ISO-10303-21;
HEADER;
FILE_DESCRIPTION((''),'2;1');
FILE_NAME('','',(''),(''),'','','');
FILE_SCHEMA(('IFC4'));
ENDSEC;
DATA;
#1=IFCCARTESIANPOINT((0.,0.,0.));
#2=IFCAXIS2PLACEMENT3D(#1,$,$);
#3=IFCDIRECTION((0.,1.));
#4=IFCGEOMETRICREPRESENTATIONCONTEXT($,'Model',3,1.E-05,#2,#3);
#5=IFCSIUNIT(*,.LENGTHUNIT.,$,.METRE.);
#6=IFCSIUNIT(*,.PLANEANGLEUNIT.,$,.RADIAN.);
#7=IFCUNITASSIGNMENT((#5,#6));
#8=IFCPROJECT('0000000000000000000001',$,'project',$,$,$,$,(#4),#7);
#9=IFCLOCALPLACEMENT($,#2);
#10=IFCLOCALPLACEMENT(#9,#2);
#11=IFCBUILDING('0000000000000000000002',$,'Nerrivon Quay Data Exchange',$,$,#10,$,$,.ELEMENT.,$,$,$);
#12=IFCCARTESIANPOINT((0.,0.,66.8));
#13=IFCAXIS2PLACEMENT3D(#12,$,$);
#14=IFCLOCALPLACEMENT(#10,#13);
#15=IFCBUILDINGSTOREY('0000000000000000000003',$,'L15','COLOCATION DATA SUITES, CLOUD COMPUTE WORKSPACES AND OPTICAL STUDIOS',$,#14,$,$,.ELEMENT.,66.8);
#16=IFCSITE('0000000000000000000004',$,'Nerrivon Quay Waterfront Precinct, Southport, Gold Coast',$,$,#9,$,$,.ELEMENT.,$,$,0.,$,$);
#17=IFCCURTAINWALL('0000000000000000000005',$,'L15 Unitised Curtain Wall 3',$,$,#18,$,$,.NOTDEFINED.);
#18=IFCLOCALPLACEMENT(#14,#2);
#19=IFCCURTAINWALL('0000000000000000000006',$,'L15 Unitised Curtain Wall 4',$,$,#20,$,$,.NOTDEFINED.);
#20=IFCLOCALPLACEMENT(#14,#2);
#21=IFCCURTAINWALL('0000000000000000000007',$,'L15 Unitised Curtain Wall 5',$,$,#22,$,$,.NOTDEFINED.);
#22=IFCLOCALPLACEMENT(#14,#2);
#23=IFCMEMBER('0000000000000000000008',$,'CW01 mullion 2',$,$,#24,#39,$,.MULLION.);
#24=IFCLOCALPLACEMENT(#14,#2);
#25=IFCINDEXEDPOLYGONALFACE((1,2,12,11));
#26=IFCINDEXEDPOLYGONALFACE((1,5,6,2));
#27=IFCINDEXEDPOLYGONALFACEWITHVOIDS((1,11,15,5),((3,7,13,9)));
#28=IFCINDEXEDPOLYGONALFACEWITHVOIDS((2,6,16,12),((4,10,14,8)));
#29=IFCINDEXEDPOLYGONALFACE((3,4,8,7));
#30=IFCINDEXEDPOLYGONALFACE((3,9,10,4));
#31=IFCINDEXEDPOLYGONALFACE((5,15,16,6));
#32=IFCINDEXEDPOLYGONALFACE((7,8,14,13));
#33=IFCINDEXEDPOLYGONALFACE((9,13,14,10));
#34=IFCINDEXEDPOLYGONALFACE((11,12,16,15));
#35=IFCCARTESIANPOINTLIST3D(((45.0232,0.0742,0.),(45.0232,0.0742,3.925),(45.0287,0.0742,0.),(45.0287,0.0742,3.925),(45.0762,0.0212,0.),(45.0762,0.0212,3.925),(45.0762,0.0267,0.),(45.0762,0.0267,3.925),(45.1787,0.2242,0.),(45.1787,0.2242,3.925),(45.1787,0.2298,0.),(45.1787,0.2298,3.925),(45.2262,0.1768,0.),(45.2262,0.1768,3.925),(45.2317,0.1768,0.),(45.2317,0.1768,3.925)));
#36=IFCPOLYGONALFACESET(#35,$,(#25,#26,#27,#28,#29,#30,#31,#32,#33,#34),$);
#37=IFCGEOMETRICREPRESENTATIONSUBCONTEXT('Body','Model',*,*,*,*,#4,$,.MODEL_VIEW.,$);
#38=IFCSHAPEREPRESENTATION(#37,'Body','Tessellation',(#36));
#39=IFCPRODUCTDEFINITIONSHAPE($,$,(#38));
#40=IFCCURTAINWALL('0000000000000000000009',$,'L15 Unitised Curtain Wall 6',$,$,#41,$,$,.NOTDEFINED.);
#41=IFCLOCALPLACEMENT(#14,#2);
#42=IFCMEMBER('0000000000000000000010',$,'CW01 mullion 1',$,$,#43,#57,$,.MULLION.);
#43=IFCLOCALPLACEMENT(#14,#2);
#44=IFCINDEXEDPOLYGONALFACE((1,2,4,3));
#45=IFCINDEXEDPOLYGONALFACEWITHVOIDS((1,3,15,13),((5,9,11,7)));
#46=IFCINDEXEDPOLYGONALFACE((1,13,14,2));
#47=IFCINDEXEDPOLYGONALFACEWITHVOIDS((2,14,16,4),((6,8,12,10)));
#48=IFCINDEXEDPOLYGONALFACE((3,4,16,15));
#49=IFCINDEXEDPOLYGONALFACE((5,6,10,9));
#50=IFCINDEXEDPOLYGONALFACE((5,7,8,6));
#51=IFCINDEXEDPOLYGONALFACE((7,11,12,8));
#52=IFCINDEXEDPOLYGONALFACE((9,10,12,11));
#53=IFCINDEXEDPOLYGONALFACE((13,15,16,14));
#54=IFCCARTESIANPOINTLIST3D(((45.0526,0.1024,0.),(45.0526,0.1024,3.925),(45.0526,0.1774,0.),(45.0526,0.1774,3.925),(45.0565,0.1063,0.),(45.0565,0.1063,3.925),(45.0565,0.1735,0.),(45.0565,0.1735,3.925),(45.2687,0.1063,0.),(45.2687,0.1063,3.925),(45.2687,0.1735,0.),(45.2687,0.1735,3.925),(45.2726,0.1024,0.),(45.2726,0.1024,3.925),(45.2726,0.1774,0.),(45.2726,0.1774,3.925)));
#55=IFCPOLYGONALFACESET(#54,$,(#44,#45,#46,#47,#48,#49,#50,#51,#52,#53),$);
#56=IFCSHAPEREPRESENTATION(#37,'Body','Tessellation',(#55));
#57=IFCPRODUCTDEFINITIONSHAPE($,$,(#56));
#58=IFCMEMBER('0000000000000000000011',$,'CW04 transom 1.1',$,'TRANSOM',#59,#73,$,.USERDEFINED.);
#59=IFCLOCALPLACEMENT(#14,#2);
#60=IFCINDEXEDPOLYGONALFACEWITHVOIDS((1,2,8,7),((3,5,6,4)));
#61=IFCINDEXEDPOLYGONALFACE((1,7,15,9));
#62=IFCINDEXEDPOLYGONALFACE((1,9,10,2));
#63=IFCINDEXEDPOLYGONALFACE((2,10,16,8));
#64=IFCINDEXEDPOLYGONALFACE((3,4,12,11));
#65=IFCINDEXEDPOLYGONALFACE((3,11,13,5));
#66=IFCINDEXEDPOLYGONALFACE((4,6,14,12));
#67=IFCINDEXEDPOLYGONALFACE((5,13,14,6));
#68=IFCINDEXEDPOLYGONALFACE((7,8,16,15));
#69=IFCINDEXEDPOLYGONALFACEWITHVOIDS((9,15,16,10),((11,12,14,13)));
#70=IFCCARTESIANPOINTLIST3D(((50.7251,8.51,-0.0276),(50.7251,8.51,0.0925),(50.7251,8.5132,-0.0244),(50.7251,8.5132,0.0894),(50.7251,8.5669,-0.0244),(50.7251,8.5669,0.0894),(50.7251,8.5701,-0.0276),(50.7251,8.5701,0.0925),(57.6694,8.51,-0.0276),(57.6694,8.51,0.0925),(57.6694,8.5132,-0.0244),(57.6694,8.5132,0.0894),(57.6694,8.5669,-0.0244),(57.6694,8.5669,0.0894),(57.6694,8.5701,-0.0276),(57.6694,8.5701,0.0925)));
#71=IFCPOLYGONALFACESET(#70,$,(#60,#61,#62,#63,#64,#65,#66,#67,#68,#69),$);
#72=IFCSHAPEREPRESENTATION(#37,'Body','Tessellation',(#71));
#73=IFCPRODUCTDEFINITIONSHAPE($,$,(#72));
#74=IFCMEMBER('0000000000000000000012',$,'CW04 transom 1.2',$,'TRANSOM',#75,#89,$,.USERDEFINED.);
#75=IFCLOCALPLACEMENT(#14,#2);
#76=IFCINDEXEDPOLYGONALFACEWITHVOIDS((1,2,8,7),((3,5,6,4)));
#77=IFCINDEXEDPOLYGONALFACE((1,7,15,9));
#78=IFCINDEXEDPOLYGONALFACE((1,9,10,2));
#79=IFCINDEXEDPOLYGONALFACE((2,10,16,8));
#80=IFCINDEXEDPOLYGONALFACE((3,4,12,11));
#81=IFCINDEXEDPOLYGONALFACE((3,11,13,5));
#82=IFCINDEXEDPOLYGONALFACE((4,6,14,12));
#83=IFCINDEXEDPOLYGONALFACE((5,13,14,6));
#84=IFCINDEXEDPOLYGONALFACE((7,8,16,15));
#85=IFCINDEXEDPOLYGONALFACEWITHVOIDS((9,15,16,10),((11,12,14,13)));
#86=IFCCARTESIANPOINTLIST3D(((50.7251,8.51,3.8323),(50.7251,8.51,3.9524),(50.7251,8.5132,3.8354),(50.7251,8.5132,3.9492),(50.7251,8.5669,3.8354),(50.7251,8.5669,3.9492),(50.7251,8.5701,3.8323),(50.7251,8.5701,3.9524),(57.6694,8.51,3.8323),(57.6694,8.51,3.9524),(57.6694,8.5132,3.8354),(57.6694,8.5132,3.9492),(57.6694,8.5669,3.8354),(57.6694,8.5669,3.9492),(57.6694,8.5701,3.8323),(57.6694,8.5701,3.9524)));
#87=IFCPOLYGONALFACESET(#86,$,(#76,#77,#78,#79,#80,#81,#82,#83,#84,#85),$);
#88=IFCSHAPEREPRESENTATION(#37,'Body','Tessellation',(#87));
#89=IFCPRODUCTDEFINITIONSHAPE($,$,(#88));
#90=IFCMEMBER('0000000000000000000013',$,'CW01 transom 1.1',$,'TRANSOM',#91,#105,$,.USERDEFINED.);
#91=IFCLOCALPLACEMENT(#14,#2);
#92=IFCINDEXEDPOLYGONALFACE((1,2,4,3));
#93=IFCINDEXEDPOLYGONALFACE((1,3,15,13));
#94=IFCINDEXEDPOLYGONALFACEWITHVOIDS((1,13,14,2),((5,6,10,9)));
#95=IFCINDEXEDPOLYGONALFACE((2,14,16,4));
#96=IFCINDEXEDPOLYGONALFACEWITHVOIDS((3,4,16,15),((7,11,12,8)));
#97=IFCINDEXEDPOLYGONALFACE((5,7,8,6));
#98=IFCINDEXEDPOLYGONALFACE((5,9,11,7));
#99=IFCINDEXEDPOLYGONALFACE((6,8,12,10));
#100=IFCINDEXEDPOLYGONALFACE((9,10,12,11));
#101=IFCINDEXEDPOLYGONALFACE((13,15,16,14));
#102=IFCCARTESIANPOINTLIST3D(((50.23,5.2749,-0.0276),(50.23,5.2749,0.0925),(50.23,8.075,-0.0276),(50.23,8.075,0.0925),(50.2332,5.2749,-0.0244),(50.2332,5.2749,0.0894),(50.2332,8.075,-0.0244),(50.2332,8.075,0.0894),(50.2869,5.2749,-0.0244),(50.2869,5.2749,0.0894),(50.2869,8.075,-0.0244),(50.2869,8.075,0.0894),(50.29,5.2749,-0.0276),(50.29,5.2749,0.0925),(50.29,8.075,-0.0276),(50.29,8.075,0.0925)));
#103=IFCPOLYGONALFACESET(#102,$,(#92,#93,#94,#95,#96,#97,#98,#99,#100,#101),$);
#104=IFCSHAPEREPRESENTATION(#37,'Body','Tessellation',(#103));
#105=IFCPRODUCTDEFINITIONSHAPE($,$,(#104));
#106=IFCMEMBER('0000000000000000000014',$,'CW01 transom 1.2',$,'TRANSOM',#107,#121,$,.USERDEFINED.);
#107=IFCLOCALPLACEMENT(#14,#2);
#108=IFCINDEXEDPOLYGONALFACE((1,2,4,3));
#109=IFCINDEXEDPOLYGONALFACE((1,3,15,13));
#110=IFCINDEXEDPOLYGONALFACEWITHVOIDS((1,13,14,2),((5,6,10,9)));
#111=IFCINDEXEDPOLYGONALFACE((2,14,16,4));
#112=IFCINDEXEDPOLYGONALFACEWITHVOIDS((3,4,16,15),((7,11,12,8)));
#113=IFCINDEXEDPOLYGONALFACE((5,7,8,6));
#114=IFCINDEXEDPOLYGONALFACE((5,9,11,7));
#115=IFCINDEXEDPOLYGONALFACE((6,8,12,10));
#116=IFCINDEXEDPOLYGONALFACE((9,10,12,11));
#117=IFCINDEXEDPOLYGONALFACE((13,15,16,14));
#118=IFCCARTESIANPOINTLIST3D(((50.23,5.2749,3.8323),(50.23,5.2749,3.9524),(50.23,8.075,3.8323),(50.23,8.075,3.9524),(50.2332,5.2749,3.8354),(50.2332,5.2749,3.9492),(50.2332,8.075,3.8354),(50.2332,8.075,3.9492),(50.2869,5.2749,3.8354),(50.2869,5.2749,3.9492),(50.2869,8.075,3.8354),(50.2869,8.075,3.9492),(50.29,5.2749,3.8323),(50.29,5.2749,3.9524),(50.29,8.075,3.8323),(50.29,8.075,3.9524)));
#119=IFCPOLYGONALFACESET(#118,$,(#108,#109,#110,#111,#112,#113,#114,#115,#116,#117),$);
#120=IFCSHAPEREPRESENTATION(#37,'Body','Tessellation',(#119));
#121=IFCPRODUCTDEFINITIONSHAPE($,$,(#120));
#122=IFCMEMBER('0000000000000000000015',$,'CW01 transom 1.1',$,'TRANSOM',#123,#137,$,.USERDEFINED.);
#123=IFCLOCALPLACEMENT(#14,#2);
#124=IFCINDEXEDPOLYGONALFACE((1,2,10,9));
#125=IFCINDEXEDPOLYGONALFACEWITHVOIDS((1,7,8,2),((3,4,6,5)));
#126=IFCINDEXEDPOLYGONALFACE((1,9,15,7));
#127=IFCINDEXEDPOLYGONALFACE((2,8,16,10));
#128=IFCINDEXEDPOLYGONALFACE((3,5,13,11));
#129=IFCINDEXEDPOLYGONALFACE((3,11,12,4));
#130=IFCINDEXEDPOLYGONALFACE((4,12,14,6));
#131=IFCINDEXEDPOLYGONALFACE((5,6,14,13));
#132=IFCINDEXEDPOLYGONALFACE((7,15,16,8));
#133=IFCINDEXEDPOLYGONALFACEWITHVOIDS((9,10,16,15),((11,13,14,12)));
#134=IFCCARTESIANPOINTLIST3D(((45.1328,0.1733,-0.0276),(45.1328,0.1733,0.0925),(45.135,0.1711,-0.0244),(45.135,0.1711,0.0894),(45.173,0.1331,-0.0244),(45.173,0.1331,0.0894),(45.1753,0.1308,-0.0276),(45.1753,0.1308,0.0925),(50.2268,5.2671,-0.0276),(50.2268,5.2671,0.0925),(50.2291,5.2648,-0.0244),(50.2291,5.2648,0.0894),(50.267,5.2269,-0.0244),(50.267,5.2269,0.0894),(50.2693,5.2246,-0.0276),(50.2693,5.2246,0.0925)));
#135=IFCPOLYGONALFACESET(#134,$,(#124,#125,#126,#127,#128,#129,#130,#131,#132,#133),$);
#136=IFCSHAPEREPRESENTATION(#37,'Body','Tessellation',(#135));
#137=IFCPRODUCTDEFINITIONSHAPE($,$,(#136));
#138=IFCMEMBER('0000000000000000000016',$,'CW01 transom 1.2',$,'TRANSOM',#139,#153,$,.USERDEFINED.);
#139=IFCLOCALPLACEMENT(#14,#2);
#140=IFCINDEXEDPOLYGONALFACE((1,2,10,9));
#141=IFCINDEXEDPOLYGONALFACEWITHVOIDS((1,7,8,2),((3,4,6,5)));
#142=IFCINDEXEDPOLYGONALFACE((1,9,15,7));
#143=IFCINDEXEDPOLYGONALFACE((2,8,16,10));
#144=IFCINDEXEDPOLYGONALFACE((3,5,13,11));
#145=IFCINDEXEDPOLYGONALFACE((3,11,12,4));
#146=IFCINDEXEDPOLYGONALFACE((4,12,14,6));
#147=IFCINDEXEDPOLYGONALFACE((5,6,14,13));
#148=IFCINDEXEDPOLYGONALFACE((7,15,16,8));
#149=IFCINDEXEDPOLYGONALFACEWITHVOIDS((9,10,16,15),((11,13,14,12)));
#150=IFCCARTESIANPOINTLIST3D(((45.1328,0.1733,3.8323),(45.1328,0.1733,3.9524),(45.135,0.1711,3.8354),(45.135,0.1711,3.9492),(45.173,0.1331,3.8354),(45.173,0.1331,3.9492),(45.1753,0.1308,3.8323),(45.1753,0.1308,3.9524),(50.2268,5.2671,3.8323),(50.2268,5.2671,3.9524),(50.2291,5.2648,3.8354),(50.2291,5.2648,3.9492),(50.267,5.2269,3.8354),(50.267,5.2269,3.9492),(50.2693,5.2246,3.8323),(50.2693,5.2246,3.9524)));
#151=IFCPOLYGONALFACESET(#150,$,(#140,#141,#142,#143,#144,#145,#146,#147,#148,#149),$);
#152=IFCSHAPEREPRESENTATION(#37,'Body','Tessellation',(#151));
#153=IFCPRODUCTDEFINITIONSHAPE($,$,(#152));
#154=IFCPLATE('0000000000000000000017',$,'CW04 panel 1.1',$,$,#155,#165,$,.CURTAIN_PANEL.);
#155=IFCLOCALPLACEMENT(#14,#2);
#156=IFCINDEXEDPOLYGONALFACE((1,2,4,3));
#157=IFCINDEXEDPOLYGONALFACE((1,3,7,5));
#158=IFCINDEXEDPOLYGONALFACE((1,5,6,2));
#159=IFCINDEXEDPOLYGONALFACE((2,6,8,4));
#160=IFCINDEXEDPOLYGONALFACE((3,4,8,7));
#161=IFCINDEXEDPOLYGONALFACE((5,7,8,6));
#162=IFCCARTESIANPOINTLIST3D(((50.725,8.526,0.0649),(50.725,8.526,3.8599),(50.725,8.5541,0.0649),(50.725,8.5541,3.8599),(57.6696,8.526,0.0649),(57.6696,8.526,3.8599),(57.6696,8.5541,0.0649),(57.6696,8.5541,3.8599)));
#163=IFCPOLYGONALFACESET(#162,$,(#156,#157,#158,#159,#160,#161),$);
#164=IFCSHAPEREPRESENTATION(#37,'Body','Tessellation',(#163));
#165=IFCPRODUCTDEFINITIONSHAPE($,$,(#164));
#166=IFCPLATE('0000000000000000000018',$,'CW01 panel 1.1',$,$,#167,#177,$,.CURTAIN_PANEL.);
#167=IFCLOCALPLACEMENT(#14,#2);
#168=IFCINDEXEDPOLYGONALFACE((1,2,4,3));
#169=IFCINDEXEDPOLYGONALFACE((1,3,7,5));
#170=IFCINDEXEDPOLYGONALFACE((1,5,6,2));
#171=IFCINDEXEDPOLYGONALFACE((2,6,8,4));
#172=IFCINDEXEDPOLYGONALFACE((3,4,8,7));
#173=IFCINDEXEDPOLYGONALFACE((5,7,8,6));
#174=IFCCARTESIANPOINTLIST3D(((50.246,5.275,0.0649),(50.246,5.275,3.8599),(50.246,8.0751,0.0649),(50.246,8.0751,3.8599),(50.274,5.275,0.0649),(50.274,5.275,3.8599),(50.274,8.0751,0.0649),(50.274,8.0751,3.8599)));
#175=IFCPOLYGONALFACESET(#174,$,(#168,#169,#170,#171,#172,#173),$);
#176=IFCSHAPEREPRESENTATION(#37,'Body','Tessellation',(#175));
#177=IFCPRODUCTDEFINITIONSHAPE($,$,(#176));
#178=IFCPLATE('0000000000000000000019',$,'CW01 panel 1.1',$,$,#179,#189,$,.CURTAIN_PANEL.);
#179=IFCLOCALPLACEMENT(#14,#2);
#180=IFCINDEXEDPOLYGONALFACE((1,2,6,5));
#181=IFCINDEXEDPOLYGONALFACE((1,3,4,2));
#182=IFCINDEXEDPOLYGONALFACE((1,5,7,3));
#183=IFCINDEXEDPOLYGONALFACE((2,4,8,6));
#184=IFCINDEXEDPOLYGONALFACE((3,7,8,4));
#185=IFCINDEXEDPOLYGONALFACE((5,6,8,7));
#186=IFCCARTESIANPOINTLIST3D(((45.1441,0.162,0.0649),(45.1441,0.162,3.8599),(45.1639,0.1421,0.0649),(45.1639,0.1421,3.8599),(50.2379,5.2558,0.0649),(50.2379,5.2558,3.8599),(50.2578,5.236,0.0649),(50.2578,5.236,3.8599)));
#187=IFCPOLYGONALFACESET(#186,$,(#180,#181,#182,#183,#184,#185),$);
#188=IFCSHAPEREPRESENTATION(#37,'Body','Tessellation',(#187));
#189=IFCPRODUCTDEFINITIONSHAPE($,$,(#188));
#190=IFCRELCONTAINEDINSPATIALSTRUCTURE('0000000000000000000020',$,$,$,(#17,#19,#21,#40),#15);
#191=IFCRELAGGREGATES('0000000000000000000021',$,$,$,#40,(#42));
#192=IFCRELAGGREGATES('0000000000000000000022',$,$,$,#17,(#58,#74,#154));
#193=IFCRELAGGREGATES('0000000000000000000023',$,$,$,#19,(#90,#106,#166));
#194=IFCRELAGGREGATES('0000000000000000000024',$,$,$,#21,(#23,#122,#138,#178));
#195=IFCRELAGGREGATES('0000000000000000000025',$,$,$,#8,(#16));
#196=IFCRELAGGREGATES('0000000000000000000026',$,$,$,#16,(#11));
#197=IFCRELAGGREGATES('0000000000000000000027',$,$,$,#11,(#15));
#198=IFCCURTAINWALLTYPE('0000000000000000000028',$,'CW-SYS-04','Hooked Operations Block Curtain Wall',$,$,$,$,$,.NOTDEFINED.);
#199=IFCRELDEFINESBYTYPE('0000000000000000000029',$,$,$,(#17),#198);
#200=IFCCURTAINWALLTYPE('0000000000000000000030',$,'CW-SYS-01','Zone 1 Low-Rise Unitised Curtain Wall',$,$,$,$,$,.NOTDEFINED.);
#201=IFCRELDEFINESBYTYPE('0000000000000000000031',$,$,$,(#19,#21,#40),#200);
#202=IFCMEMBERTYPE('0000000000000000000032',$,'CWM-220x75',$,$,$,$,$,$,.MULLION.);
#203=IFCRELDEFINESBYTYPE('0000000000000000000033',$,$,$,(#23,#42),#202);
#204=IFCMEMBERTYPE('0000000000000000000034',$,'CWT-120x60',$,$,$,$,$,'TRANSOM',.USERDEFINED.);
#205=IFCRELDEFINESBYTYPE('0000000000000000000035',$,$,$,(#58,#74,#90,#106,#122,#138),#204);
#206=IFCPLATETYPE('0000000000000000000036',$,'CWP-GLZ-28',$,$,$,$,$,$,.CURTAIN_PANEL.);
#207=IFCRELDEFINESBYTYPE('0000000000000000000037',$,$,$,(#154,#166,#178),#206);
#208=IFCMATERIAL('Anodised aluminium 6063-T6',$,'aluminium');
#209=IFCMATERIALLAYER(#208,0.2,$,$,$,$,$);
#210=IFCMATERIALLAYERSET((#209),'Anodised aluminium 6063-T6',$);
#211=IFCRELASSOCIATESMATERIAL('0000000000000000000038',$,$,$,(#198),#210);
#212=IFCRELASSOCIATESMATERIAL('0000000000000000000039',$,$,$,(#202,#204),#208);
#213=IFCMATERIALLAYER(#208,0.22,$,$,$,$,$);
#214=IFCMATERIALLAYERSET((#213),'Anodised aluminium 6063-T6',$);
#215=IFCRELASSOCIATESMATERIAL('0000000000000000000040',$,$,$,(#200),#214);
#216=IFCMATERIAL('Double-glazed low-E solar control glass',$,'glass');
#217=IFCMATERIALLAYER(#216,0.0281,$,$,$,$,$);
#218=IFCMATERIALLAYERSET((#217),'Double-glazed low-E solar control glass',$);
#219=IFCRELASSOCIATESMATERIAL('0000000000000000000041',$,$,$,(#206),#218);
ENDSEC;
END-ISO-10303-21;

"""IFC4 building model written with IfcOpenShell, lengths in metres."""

from ifc_helpers import new_model, si_unit, direction, frame, origin, origin_2d, place, context, subcontext, project, spatial, rectangle, hollow_rectangle, extrude, material, layer, layer_set, material_profile, profile_set, type_object, element, aggregate, save


model = new_model("IFC4")

# Units and contexts
model_context = context("Model", 3, precision=1e-05, world=origin(), true_north=direction((0.0, 1.0)))
body_context = subcontext(model_context, "Body", "Model", "MODEL_VIEW")
ifc_project = project(units=[si_unit("LENGTHUNIT", "METRE"), si_unit("PLANEANGLEUNIT", "RADIAN")], contexts=[model_context])

# Site, building, storey
site_placement = place(None, origin())
site = spatial("IfcSite", under=ifc_project, at=site_placement, Name="Nerrivon Quay Waterfront Precinct, Southport, Gold Coast", CompositionType="ELEMENT", RefElevation=0.0)
building_placement = place(site_placement, origin())
building = spatial("IfcBuilding", under=site, at=building_placement, Name="Nerrivon Quay Data Exchange", CompositionType="ELEMENT")
storey_placement = place(building_placement, frame((0.0, 0.0, 66.8)))
storey = spatial("IfcBuildingStorey", under=building, at=storey_placement, Name="L15", Description="COLOCATION DATA SUITES, CLOUD COMPUTE WORKSPACES AND OPTICAL STUDIOS", CompositionType="ELEMENT", Elevation=66.8)

# Curtain walls, member
ifc_material_1 = material(Name="Anodised aluminium 6063-T6", Category="aluminium")
ifc_layer_1 = layer(ifc_material_1, 0.2)
ifc_layer_set_1 = layer_set([ifc_layer_1], Name="Anodised aluminium 6063-T6")
curtain_wall_type_1 = type_object("IfcCurtainWallType", Name="CW-SYS-04", Description="Hooked Operations Block Curtain Wall", PredefinedType="NOTDEFINED", material=ifc_layer_set_1)
curtain_wall_1_placement = place(storey_placement, origin())
curtain_wall_1 = element("IfcCurtainWall", 1, at=curtain_wall_1_placement, inside=storey, type_object=curtain_wall_type_1, Name="L15 Unitised Curtain Wall 3", PredefinedType="NOTDEFINED")
ifc_material_profile_1 = material_profile(ifc_material_1, hollow_rectangle(XDim=0.075, YDim=0.22, WallThickness=0.0039, at=origin_2d()), Name="ALU-MULL-220x75")
ifc_profile_set_1 = profile_set([ifc_material_profile_1], Name="Anodised aluminium 6063-T6")
member_type_1 = type_object("IfcMemberType", Name="CWM-220x75", PredefinedType="MULLION", material=ifc_profile_set_1)
ifc_layer_2 = layer(ifc_material_1, 0.22)
ifc_layer_set_2 = layer_set([ifc_layer_2], Name="Anodised aluminium 6063-T6")
curtain_wall_type_2 = type_object("IfcCurtainWallType", Name="CW-SYS-01", Description="Zone 1 Low-Rise Unitised Curtain Wall", PredefinedType="NOTDEFINED", material=ifc_layer_set_2)
curtain_wall_2_placement = place(storey_placement, origin())
curtain_wall_2 = element("IfcCurtainWall", 2, at=curtain_wall_2_placement, inside=storey, type_object=curtain_wall_type_2, Name="L15 Unitised Curtain Wall 4", PredefinedType="NOTDEFINED")
curtain_wall_3_placement = place(storey_placement, origin())
curtain_wall_3 = element("IfcCurtainWall", 3, at=curtain_wall_3_placement, inside=storey, type_object=curtain_wall_type_2, Name="L15 Unitised Curtain Wall 5", PredefinedType="NOTDEFINED")
member_1_placement = place(storey_placement, frame((45.1274, 0.1255, 0.0), z_axis=(0.0, 0.0, 1.0), x_axis=(0.707107, -0.707107, 0.0)))
member_1 = element("IfcMember", 4, at=member_1_placement, type_object=member_type_1, Name="CW01 mullion 2", PredefinedType="MULLION", context=body_context, shape_type="SweptSolid", body=[
    extrude(hollow_rectangle(XDim=0.075, YDim=0.22, WallThickness=0.0039, at=origin_2d()), origin(), (0.0, 0.0, 1.0), 3.925),
])

# Curtain wall, member
curtain_wall_4_placement = place(storey_placement, origin())
curtain_wall_4 = element("IfcCurtainWall", 5, at=curtain_wall_4_placement, inside=storey, type_object=curtain_wall_type_2, Name="L15 Unitised Curtain Wall 6", PredefinedType="NOTDEFINED")
member_2_placement = place(storey_placement, frame((45.1626, 0.1399, 0.0), z_axis=(0.0, 0.0, 1.0), x_axis=(0.0, -1.0, 0.0)))
member_2 = element("IfcMember", 6, at=member_2_placement, type_object=member_type_1, Name="CW01 mullion 1", PredefinedType="MULLION", context=body_context, shape_type="SweptSolid", body=[
    extrude(hollow_rectangle(XDim=0.075, YDim=0.22, WallThickness=0.0039, at=origin_2d()), origin(), (0.0, 0.0, 1.0), 3.925),
])
aggregate(curtain_wall_4, [member_2])

# Members
ifc_material_profile_2 = material_profile(ifc_material_1, hollow_rectangle(XDim=0.0601, YDim=0.1201, WallThickness=0.0032, at=origin_2d()), Name="ALU-TRAN-120x60")
ifc_profile_set_2 = profile_set([ifc_material_profile_2], Name="Anodised aluminium 6063-T6")
member_type_2 = type_object("IfcMemberType", Name="CWT-120x60", ElementType="TRANSOM", PredefinedType="USERDEFINED", material=ifc_profile_set_2)
member_3_placement = place(storey_placement, frame((57.6694, 8.54, 0.0325), z_axis=(-1.0, 0.0, 0.0), x_axis=(0.0, -1.0, 0.0)))
member_3 = element("IfcMember", 7, at=member_3_placement, type_object=member_type_2, Name="CW04 transom 1.1", ObjectType="TRANSOM", PredefinedType="USERDEFINED", context=body_context, shape_type="SweptSolid", body=[
    extrude(hollow_rectangle(XDim=0.0601, YDim=0.1201, WallThickness=0.0032, at=origin_2d()), origin(), (0.0, 0.0, 1.0), 6.9443),
])
member_4_placement = place(storey_placement, frame((57.6694, 8.54, 3.8923), z_axis=(-1.0, 0.0, 0.0), x_axis=(0.0, -1.0, 0.0)))
member_4 = element("IfcMember", 8, at=member_4_placement, type_object=member_type_2, Name="CW04 transom 1.2", ObjectType="TRANSOM", PredefinedType="USERDEFINED", context=body_context, shape_type="SweptSolid", body=[
    extrude(hollow_rectangle(XDim=0.0601, YDim=0.1201, WallThickness=0.0032, at=origin_2d()), origin(), (0.0, 0.0, 1.0), 6.9443),
])
member_5_placement = place(storey_placement, frame((50.26, 8.075, 0.0325), z_axis=(0.0, -1.0, 0.0), x_axis=(1.0, 0.0, 0.0)))
member_5 = element("IfcMember", 9, at=member_5_placement, type_object=member_type_2, Name="CW01 transom 1.1", ObjectType="TRANSOM", PredefinedType="USERDEFINED", context=body_context, shape_type="SweptSolid", body=[
    extrude(hollow_rectangle(XDim=0.0601, YDim=0.1201, WallThickness=0.0032, at=origin_2d()), origin(), (0.0, 0.0, 1.0), 2.8),
])
member_6_placement = place(storey_placement, frame((50.26, 8.075, 3.8923), z_axis=(0.0, -1.0, 0.0), x_axis=(1.0, 0.0, 0.0)))
member_6 = element("IfcMember", 10, at=member_6_placement, type_object=member_type_2, Name="CW01 transom 1.2", ObjectType="TRANSOM", PredefinedType="USERDEFINED", context=body_context, shape_type="SweptSolid", body=[
    extrude(hollow_rectangle(XDim=0.0601, YDim=0.1201, WallThickness=0.0032, at=origin_2d()), origin(), (0.0, 0.0, 1.0), 2.8),
])
member_7_placement = place(storey_placement, frame((50.248, 5.2458, 0.0325), z_axis=(-0.707124, -0.70709, 0.0), x_axis=(0.70709, -0.707124, 0.0)))
member_7 = element("IfcMember", 11, at=member_7_placement, type_object=member_type_2, Name="CW01 transom 1.1", ObjectType="TRANSOM", PredefinedType="USERDEFINED", context=body_context, shape_type="SweptSolid", body=[
    extrude(hollow_rectangle(XDim=0.0601, YDim=0.1201, WallThickness=0.0032, at=origin_2d()), origin(), (0.0, 0.0, 1.0), 7.2039),
])
member_8_placement = place(storey_placement, frame((50.248, 5.2458, 3.8923), z_axis=(-0.707124, -0.70709, 0.0), x_axis=(0.70709, -0.707124, 0.0)))
member_8 = element("IfcMember", 12, at=member_8_placement, type_object=member_type_2, Name="CW01 transom 1.2", ObjectType="TRANSOM", PredefinedType="USERDEFINED", context=body_context, shape_type="SweptSolid", body=[
    extrude(hollow_rectangle(XDim=0.0601, YDim=0.1201, WallThickness=0.0032, at=origin_2d()), origin(), (0.0, 0.0, 1.0), 7.2039),
])

# Plates
ifc_material_2 = material(Name="Double-glazed low-E solar control glass", Category="glass")
ifc_layer_3 = layer(ifc_material_2, 0.0281)
ifc_layer_set_3 = layer_set([ifc_layer_3], Name="Double-glazed low-E solar control glass")
plate_type = type_object("IfcPlateType", Name="CWP-GLZ-28", PredefinedType="CURTAIN_PANEL", material=ifc_layer_set_3)
plate_1_placement = place(storey_placement, frame((54.1973, 8.54, 0.0649), z_axis=(0.0, 0.0, 1.0), x_axis=(-1.0, 0.0, 0.0)))
plate_1 = element("IfcPlate", 13, at=plate_1_placement, type_object=plate_type, Name="CW04 panel 1.1", PredefinedType="CURTAIN_PANEL", context=body_context, shape_type="SweptSolid", body=[
    extrude(rectangle(XDim=6.9446, YDim=0.0281, at=origin_2d()), origin(), (0.0, 0.0, 1.0), 3.7949),
])
aggregate(curtain_wall_1, [member_3, member_4, plate_1])
plate_2_placement = place(storey_placement, frame((50.26, 6.675, 0.0649), z_axis=(0.0, 0.0, 1.0), x_axis=(0.0, -1.0, 0.0)))
plate_2 = element("IfcPlate", 14, at=plate_2_placement, type_object=plate_type, Name="CW01 panel 1.1", PredefinedType="CURTAIN_PANEL", context=body_context, shape_type="SweptSolid", body=[
    extrude(rectangle(XDim=2.8, YDim=0.0281, at=origin_2d()), origin(), (0.0, 0.0, 1.0), 3.7949),
])
aggregate(curtain_wall_2, [member_5, member_6, plate_2])
plate_3_placement = place(storey_placement, frame((47.7009, 2.699, 0.0649), z_axis=(0.0, 0.0, 1.0), x_axis=(-0.707107, -0.707107, 0.0)))
plate_3 = element("IfcPlate", 15, at=plate_3_placement, type_object=plate_type, Name="CW01 panel 1.1", PredefinedType="CURTAIN_PANEL", context=body_context, shape_type="SweptSolid", body=[
    extrude(rectangle(XDim=7.2039, YDim=0.0281, at=origin_2d()), origin(), (0.0, 0.0, 1.0), 3.7949),
])
aggregate(curtain_wall_3, [member_1, member_7, member_8, plate_3])

save(model, "model.ifc")
